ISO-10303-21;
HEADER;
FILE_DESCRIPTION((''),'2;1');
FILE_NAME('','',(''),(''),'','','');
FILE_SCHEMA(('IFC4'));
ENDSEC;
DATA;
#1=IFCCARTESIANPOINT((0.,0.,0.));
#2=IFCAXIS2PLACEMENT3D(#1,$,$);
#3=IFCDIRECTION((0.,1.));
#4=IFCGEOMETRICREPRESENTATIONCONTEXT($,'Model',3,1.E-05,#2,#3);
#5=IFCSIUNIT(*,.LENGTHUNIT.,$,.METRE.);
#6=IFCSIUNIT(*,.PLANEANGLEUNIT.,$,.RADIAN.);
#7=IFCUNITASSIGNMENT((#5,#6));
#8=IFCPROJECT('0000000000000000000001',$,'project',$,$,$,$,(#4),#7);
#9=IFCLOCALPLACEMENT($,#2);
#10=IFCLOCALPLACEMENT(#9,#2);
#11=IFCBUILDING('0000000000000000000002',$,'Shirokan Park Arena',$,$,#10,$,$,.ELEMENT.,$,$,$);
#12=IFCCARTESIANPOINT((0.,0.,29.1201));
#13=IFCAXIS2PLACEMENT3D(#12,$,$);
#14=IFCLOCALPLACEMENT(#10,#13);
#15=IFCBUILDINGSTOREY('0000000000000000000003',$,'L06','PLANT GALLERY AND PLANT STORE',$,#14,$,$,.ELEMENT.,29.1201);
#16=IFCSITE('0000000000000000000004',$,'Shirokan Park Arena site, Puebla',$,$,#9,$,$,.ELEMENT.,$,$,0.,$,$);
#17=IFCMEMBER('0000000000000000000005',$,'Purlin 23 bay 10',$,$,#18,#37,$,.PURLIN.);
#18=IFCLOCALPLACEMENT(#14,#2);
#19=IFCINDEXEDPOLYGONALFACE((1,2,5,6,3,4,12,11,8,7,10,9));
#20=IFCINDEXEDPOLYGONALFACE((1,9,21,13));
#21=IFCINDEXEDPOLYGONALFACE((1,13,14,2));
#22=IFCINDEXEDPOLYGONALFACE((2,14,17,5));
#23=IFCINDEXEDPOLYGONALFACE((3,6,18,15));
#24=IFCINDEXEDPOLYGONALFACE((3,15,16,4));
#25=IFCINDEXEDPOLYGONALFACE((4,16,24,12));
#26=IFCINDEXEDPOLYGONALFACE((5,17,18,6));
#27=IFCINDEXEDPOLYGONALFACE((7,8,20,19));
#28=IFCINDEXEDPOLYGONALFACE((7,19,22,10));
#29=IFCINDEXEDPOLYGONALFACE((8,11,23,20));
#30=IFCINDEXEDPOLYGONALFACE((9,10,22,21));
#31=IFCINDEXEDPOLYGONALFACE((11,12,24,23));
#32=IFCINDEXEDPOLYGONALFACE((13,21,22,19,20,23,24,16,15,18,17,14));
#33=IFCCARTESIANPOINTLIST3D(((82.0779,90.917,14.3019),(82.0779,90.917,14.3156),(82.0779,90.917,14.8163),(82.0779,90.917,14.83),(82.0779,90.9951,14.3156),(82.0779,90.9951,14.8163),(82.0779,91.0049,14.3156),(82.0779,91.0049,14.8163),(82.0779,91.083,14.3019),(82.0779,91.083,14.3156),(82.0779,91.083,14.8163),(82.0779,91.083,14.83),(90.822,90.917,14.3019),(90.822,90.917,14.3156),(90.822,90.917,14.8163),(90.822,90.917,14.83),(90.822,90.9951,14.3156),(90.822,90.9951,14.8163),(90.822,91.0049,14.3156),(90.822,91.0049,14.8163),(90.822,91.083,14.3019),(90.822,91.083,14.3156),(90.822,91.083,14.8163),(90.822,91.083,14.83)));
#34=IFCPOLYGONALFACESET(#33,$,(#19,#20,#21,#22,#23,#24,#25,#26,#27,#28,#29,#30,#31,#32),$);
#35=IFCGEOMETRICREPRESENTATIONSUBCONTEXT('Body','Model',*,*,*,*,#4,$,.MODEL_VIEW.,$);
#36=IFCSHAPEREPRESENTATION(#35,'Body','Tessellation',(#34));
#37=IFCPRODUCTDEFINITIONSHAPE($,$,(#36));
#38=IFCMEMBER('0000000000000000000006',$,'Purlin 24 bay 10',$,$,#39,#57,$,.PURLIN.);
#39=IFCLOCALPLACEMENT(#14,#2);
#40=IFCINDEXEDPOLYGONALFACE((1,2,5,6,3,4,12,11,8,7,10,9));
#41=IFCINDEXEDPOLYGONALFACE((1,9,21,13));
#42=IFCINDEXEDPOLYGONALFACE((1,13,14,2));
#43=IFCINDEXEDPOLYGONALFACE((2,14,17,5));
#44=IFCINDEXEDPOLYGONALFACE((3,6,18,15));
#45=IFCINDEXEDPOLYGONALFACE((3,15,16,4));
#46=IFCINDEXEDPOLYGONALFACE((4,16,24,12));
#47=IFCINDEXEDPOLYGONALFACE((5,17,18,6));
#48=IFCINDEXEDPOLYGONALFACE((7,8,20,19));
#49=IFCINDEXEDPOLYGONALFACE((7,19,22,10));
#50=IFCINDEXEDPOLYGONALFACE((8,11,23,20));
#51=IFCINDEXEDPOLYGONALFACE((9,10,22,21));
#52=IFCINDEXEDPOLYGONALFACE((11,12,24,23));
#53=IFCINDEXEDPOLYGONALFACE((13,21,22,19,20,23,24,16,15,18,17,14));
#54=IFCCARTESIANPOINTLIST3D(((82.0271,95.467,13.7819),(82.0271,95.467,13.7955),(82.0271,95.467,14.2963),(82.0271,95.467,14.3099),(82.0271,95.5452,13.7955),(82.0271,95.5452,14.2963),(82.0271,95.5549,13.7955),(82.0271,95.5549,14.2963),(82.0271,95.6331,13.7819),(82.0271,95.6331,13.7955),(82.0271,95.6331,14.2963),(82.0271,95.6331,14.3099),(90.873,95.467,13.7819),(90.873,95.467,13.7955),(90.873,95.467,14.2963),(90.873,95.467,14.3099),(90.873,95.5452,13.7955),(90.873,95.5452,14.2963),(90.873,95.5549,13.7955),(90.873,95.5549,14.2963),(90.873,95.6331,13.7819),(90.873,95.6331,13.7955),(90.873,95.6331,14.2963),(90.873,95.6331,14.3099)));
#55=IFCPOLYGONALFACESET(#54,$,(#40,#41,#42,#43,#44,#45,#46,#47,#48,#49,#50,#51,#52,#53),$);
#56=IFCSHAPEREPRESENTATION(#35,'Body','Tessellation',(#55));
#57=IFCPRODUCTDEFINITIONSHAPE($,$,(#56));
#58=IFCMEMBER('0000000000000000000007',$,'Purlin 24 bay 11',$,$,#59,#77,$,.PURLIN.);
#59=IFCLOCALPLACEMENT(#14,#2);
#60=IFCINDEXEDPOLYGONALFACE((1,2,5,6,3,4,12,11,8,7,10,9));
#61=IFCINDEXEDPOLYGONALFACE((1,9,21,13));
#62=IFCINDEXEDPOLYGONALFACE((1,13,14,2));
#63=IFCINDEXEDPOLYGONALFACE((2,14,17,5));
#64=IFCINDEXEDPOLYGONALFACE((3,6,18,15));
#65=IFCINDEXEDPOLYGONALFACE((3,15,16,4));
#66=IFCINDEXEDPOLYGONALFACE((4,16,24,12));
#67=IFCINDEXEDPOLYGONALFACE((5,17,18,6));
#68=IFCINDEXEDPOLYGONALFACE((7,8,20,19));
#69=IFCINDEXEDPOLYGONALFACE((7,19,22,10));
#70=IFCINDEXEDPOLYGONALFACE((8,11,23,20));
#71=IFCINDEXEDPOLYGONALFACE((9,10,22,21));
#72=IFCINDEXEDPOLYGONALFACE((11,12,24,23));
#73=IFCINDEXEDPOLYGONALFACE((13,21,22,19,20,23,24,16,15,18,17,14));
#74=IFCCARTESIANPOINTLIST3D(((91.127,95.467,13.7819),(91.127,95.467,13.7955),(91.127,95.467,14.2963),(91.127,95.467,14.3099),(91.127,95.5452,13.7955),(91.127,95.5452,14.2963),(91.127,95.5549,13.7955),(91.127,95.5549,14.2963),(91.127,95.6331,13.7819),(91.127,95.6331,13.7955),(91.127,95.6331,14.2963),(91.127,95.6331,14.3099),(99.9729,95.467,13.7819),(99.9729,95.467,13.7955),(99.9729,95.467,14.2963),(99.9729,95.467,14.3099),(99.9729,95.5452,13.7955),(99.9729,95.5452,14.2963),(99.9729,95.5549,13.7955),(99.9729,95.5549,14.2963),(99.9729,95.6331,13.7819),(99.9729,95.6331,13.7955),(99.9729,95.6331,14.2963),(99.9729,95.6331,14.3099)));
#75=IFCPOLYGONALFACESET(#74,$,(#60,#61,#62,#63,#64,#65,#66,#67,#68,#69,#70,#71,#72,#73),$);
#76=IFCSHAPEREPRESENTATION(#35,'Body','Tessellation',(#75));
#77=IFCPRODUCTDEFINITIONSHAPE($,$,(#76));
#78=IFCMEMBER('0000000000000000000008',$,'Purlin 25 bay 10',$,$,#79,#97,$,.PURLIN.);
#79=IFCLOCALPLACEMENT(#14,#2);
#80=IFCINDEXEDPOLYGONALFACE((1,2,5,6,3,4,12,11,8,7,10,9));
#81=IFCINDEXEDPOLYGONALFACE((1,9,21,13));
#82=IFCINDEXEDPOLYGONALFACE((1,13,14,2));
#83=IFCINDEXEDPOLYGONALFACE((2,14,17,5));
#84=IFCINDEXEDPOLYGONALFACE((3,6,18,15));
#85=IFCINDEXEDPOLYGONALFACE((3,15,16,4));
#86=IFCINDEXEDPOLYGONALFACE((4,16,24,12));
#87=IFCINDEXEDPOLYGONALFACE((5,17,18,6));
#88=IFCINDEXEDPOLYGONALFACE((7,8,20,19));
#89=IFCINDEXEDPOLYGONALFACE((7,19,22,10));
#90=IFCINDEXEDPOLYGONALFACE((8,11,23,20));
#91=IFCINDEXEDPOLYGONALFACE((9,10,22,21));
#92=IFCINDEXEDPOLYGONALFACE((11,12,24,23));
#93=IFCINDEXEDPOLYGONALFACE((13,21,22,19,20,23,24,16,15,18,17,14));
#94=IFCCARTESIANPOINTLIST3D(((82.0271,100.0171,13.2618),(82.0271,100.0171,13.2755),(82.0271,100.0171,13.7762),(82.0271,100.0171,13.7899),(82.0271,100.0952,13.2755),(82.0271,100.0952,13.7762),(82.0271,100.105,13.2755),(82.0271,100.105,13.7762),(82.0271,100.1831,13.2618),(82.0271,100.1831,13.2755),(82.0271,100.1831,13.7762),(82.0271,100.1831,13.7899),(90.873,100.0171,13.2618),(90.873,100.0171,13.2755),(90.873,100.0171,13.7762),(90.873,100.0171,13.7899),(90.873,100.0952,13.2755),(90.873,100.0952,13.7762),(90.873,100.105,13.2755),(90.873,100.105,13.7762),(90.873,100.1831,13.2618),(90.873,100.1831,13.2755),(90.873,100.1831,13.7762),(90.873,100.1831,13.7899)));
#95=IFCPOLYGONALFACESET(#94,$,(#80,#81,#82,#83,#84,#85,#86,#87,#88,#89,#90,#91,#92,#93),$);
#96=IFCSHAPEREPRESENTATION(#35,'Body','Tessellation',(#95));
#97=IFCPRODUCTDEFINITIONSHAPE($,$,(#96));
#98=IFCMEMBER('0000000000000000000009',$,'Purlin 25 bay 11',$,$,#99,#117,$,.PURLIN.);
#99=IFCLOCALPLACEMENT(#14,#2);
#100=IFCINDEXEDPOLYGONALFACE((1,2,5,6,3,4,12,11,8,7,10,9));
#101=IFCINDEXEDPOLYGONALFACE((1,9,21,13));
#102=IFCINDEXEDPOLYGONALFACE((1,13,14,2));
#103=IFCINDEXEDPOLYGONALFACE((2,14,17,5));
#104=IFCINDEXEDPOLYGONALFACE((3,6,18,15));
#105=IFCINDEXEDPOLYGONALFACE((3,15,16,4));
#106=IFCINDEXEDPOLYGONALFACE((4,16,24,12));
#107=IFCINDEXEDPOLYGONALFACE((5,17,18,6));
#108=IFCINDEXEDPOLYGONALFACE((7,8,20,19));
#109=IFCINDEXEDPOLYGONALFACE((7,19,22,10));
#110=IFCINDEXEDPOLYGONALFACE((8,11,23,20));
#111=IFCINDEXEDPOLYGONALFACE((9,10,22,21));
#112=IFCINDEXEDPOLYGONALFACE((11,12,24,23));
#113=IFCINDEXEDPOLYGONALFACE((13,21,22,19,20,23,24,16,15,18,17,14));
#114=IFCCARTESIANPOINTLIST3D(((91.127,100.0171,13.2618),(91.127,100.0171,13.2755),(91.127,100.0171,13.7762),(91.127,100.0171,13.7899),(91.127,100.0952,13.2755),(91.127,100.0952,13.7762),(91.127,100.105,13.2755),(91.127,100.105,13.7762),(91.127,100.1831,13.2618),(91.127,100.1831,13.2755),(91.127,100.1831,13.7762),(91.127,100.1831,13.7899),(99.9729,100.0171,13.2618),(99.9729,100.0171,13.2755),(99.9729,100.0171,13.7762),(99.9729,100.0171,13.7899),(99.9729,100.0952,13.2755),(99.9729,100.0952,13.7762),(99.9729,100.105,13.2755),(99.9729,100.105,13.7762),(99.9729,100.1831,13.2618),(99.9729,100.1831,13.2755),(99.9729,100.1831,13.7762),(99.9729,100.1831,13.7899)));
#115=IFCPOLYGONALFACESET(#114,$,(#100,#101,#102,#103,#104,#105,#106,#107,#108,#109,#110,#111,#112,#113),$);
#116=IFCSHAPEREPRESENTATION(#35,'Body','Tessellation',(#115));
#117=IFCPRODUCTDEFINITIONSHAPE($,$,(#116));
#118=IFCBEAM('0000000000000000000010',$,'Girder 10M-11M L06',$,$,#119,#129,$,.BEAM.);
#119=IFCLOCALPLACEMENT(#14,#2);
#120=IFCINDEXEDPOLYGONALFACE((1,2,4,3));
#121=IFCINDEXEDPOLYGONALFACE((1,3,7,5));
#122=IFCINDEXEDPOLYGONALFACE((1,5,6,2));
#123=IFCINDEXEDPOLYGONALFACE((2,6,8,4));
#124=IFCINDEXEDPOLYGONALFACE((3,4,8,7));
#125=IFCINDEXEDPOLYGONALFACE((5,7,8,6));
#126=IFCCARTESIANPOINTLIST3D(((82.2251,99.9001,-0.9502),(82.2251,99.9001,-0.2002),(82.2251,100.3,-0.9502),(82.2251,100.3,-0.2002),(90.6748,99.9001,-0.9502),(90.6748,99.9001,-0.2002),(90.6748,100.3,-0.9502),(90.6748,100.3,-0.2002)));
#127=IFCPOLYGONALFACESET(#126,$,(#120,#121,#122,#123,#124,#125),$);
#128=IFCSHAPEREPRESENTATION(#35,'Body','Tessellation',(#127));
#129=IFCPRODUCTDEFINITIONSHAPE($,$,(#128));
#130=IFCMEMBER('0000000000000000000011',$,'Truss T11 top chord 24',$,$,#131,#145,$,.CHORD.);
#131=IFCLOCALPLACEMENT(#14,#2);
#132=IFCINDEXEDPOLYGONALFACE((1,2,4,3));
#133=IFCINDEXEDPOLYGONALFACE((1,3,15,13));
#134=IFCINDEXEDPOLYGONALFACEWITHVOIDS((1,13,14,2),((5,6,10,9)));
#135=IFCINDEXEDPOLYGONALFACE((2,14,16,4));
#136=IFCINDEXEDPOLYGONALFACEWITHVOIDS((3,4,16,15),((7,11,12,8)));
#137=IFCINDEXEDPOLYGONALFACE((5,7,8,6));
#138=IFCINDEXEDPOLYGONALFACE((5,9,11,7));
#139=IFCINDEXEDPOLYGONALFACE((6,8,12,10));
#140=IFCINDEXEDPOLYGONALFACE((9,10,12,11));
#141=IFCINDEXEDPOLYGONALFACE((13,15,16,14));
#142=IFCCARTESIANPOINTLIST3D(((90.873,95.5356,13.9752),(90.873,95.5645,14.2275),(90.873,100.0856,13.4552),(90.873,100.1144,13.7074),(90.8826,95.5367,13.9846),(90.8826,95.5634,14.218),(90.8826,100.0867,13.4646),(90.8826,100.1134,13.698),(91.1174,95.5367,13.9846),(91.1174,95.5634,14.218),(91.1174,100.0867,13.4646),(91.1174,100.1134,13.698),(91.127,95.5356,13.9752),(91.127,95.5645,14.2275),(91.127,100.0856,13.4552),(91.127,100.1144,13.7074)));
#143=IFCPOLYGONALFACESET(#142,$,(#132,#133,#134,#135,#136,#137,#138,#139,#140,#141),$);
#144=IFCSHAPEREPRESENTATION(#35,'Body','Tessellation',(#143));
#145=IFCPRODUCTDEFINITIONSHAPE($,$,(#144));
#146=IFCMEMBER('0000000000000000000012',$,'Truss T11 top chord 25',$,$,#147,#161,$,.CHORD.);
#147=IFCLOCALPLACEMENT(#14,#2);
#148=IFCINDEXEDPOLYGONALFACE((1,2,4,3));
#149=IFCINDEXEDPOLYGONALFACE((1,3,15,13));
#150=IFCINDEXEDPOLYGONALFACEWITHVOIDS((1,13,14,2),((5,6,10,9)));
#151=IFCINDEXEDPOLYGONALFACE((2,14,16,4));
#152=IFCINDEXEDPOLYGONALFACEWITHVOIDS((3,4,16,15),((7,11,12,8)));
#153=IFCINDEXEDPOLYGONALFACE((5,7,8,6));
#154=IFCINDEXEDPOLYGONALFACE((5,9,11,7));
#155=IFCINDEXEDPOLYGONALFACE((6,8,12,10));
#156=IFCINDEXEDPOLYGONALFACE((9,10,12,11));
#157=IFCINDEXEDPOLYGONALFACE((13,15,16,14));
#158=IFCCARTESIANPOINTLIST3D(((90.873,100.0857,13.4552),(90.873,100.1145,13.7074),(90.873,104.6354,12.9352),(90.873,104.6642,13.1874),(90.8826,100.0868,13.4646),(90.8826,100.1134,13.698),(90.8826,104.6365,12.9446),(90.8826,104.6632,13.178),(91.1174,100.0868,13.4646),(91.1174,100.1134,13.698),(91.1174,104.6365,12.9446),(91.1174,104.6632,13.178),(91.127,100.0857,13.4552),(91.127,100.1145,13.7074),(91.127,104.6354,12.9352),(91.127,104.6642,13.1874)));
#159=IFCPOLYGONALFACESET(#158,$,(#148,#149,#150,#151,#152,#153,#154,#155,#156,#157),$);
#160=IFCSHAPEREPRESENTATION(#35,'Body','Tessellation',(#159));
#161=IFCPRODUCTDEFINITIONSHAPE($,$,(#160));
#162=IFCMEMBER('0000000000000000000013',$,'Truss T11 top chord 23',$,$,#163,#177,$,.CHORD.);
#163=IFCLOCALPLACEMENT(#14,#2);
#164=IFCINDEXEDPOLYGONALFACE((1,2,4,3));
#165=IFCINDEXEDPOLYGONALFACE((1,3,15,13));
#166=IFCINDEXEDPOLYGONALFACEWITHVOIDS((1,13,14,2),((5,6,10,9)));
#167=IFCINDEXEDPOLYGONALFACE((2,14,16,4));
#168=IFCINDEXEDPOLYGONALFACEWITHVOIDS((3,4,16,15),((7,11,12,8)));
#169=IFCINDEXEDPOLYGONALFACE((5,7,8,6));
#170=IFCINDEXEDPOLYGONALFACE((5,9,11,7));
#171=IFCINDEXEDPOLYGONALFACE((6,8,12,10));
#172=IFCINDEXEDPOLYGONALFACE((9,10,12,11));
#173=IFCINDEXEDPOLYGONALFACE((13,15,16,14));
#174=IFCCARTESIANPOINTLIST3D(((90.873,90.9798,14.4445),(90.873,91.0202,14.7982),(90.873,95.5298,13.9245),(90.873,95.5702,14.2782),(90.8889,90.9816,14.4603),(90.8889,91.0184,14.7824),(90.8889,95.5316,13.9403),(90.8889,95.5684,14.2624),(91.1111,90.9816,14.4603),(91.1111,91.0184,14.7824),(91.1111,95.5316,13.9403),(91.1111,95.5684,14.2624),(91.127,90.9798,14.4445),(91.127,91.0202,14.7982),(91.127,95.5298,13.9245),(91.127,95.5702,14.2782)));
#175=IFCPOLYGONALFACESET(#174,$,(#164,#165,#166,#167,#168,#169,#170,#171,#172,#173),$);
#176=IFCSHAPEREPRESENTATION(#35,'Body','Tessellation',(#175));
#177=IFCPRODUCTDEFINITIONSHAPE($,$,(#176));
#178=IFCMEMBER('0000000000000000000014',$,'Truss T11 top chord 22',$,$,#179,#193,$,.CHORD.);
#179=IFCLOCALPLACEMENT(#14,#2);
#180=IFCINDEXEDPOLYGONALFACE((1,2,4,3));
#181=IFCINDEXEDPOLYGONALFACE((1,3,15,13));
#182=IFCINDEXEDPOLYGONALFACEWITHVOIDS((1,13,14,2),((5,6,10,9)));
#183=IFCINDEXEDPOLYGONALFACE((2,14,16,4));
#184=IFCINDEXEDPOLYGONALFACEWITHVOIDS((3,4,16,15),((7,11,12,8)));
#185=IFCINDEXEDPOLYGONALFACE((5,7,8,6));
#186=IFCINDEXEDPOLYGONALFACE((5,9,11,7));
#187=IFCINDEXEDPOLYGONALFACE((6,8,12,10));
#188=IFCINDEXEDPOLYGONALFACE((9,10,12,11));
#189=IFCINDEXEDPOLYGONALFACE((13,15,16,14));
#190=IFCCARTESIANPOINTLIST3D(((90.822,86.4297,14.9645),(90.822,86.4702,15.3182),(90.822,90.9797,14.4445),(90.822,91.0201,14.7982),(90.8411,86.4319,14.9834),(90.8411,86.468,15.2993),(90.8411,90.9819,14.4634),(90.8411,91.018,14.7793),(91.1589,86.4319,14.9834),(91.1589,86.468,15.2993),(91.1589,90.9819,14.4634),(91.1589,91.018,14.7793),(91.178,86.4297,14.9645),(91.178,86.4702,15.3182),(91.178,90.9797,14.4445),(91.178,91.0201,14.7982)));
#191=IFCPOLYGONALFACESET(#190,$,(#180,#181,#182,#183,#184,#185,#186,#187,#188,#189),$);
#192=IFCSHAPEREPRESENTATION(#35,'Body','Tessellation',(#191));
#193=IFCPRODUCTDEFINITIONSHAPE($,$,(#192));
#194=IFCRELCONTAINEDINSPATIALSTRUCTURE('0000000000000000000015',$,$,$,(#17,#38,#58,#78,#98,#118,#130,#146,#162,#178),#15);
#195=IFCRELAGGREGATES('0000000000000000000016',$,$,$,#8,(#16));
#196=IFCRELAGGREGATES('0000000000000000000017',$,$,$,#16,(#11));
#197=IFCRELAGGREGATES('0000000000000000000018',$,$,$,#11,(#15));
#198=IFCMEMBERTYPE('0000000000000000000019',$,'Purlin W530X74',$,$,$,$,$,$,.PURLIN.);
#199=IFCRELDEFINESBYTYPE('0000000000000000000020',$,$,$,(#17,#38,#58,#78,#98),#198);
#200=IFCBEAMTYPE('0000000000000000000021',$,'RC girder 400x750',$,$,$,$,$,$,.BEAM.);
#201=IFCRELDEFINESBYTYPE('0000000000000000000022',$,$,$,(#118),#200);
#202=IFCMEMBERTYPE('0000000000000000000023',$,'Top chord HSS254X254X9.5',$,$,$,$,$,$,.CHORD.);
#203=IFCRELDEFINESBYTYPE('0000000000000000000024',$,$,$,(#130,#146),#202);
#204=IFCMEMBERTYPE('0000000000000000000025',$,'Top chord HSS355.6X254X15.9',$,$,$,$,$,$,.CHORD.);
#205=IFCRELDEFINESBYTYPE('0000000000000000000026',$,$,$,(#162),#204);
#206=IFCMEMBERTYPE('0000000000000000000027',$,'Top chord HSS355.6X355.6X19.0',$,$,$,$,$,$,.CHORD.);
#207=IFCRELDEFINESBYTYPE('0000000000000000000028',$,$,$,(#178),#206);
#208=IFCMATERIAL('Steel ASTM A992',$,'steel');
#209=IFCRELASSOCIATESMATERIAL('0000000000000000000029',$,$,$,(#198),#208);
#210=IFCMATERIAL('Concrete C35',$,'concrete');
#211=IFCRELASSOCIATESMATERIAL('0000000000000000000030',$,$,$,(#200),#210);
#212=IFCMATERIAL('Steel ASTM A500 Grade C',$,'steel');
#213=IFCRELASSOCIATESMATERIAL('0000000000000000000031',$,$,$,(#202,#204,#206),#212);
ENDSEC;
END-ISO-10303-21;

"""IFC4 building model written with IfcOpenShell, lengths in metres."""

from ifc_helpers import new_model, si_unit, direction, frame, origin, origin_2d, place, context, subcontext, project, spatial, rectangle, hollow_rectangle, i_section, extrude, material, material_profile, profile_set, type_object, element, save


model = new_model("IFC4")

# Units and contexts
model_context = context("Model", 3, precision=1e-05, world=origin(), true_north=direction((0.0, 1.0)))
body_context = subcontext(model_context, "Body", "Model", "MODEL_VIEW")
ifc_project = project(units=[si_unit("LENGTHUNIT", "METRE"), si_unit("PLANEANGLEUNIT", "RADIAN")], contexts=[model_context])

# Site, building, storey
site_placement = place(None, origin())
site = spatial("IfcSite", under=ifc_project, at=site_placement, Name="Shirokan Park Arena site, Puebla", CompositionType="ELEMENT", RefElevation=0.0)
building_placement = place(site_placement, origin())
building = spatial("IfcBuilding", under=site, at=building_placement, Name="Shirokan Park Arena", CompositionType="ELEMENT")
storey_placement = place(building_placement, frame((0.0, 0.0, 29.1201)))
storey = spatial("IfcBuildingStorey", under=building, at=storey_placement, Name="L06", Description="PLANT GALLERY AND PLANT STORE", CompositionType="ELEMENT", Elevation=29.1201)

# Shared definitions
ifc_material_1 = material(Name="Concrete C35", Category="concrete")

# Members
ifc_material_2 = material(Name="Steel ASTM A500 Grade C", Category="steel")
ifc_material_3 = material(Name="Steel ASTM A992", Category="steel")
ifc_material_profile_1 = material_profile(ifc_material_3, i_section(OverallWidth=0.166, OverallDepth=0.5281, WebThickness=0.0098, FlangeThickness=0.0137, at=origin_2d()), Name="W530X74")
ifc_profile_set_1 = profile_set([ifc_material_profile_1], Name="Steel ASTM A992")
member_type_1 = type_object("IfcMemberType", Name="Purlin W530X74", PredefinedType="PURLIN", material=ifc_profile_set_1)
for number, where, z_axis, x_axis, name in (
    (1, (82.0779, 91.0, 14.5659), (1.0, 0.0, 0.0), (0.0, 1.0, 0.0), "Purlin 23 bay 10"),
):
    element("IfcMember", number, at=place(storey_placement, frame(where, z_axis=z_axis, x_axis=x_axis)), inside=storey, type_object=member_type_1, Name=name, PredefinedType="PURLIN", context=body_context, shape_type="SweptSolid", body=[
        extrude(i_section(OverallWidth=0.166, OverallDepth=0.5281, WebThickness=0.0098, FlangeThickness=0.0137, at=origin_2d()), origin(), (0.0, 0.0, 1.0), 8.7441),
    ])
for number, where, z_axis, x_axis, name in (
    (2, (82.0271, 95.55, 14.0459), (1.0, 0.0, 0.0), (0.0, 1.0, 0.0), "Purlin 24 bay 10"),
    (3, (91.127, 95.55, 14.0459), (1.0, 0.0, 0.0), (0.0, 1.0, 0.0), "Purlin 24 bay 11"),
    (4, (82.0271, 100.1001, 13.5259), (1.0, 0.0, 0.0), (0.0, 1.0, 0.0), "Purlin 25 bay 10"),
    (5, (91.127, 100.1001, 13.5259), (1.0, 0.0, 0.0), (0.0, 1.0, 0.0), "Purlin 25 bay 11"),
):
    element("IfcMember", number, at=place(storey_placement, frame(where, z_axis=z_axis, x_axis=x_axis)), inside=storey, type_object=member_type_1, Name=name, PredefinedType="PURLIN", context=body_context, shape_type="SweptSolid", body=[
        extrude(i_section(OverallWidth=0.166, OverallDepth=0.5281, WebThickness=0.0098, FlangeThickness=0.0137, at=origin_2d()), origin(), (0.0, 0.0, 1.0), 8.8459),
    ])

# Beam
ifc_material_profile_2 = material_profile(ifc_material_1, rectangle(XDim=0.3999, YDim=0.75, at=origin_2d()), Name="400x750")
ifc_profile_set_2 = profile_set([ifc_material_profile_2], Name="Concrete C35")
beam_type = type_object("IfcBeamType", Name="RC girder 400x750", PredefinedType="BEAM", material=ifc_profile_set_2)
beam_placement = place(storey_placement, frame((82.2251, 100.1001, -0.5752), z_axis=(1.0, 0.0, 0.0), x_axis=(0.0, 1.0, 0.0)))
element("IfcBeam", 6, at=beam_placement, inside=storey, type_object=beam_type, Name="Girder 10M-11M L06", PredefinedType="BEAM", context=body_context, shape_type="SweptSolid", body=[
    extrude(rectangle(XDim=0.3999, YDim=0.75, at=origin_2d()), origin(), (0.0, 0.0, 1.0), 8.4497),
])

# Members
ifc_material_profile_3 = material_profile(ifc_material_2, hollow_rectangle(XDim=0.2539, YDim=0.2539, WallThickness=0.0095, at=origin_2d()), Name="HSS254X254X9.5")
ifc_profile_set_3 = profile_set([ifc_material_profile_3], Name="Steel ASTM A500 Grade C")
member_type_2 = type_object("IfcMemberType", Name="Top chord HSS254X254X9.5", PredefinedType="CHORD", material=ifc_profile_set_3)
member_1_placement = place(storey_placement, frame((91.0, 95.55, 14.1013), z_axis=(0.0, 0.993532, -0.11355), x_axis=(-1.0, 0.0, 0.0)))
element("IfcMember", 7, at=member_1_placement, inside=storey, type_object=member_type_2, Name="Truss T11 top chord 24", PredefinedType="CHORD", context=body_context, shape_type="SweptSolid", body=[
    extrude(hollow_rectangle(XDim=0.2539, YDim=0.2539, WallThickness=0.0095, at=origin_2d()), origin(), (0.0, 0.0, 1.0), 4.5796),
])
member_2_placement = place(storey_placement, frame((91.0, 100.1001, 13.5813), z_axis=(0.0, 0.993532, -0.113556), x_axis=(-1.0, 0.0, 0.0)))
element("IfcMember", 8, at=member_2_placement, inside=storey, type_object=member_type_2, Name="Truss T11 top chord 25", PredefinedType="CHORD", context=body_context, shape_type="SweptSolid", body=[
    extrude(hollow_rectangle(XDim=0.2539, YDim=0.2539, WallThickness=0.0095, at=origin_2d()), origin(), (0.0, 0.0, 1.0), 4.5793),
])
ifc_material_profile_4 = material_profile(ifc_material_2, hollow_rectangle(XDim=0.2539, YDim=0.356, WallThickness=0.0159, at=origin_2d()), Name="HSS355.6X254X15.9")
ifc_profile_set_4 = profile_set([ifc_material_profile_4], Name="Steel ASTM A500 Grade C")
member_type_3 = type_object("IfcMemberType", Name="Top chord HSS355.6X254X15.9", PredefinedType="CHORD", material=ifc_profile_set_4)
member_3_placement = place(storey_placement, frame((91.0, 91.0, 14.6213), z_axis=(0.0, 0.993532, -0.11355), x_axis=(-1.0, 0.0, 0.0)))
element("IfcMember", 9, at=member_3_placement, inside=storey, type_object=member_type_3, Name="Truss T11 top chord 23", PredefinedType="CHORD", context=body_context, shape_type="SweptSolid", body=[
    extrude(hollow_rectangle(XDim=0.2539, YDim=0.356, WallThickness=0.0159, at=origin_2d()), origin(), (0.0, 0.0, 1.0), 4.5796),
])
ifc_material_profile_5 = material_profile(ifc_material_2, hollow_rectangle(XDim=0.356, YDim=0.356, WallThickness=0.019, at=origin_2d()), Name="HSS355.6X355.6X19.0")
ifc_profile_set_5 = profile_set([ifc_material_profile_5], Name="Steel ASTM A500 Grade C")
member_type_4 = type_object("IfcMemberType", Name="Top chord HSS355.6X355.6X19.0", PredefinedType="CHORD", material=ifc_profile_set_5)
member_4_placement = place(storey_placement, frame((91.0, 86.45, 15.1414), z_axis=(0.0, 0.993532, -0.11355), x_axis=(-1.0, 0.0, 0.0)))
element("IfcMember", 10, at=member_4_placement, inside=storey, type_object=member_type_4, Name="Truss T11 top chord 22", PredefinedType="CHORD", context=body_context, shape_type="SweptSolid", body=[
    extrude(hollow_rectangle(XDim=0.356, YDim=0.356, WallThickness=0.019, at=origin_2d()), origin(), (0.0, 0.0, 1.0), 4.5796),
])

save(model, "model.ifc")
